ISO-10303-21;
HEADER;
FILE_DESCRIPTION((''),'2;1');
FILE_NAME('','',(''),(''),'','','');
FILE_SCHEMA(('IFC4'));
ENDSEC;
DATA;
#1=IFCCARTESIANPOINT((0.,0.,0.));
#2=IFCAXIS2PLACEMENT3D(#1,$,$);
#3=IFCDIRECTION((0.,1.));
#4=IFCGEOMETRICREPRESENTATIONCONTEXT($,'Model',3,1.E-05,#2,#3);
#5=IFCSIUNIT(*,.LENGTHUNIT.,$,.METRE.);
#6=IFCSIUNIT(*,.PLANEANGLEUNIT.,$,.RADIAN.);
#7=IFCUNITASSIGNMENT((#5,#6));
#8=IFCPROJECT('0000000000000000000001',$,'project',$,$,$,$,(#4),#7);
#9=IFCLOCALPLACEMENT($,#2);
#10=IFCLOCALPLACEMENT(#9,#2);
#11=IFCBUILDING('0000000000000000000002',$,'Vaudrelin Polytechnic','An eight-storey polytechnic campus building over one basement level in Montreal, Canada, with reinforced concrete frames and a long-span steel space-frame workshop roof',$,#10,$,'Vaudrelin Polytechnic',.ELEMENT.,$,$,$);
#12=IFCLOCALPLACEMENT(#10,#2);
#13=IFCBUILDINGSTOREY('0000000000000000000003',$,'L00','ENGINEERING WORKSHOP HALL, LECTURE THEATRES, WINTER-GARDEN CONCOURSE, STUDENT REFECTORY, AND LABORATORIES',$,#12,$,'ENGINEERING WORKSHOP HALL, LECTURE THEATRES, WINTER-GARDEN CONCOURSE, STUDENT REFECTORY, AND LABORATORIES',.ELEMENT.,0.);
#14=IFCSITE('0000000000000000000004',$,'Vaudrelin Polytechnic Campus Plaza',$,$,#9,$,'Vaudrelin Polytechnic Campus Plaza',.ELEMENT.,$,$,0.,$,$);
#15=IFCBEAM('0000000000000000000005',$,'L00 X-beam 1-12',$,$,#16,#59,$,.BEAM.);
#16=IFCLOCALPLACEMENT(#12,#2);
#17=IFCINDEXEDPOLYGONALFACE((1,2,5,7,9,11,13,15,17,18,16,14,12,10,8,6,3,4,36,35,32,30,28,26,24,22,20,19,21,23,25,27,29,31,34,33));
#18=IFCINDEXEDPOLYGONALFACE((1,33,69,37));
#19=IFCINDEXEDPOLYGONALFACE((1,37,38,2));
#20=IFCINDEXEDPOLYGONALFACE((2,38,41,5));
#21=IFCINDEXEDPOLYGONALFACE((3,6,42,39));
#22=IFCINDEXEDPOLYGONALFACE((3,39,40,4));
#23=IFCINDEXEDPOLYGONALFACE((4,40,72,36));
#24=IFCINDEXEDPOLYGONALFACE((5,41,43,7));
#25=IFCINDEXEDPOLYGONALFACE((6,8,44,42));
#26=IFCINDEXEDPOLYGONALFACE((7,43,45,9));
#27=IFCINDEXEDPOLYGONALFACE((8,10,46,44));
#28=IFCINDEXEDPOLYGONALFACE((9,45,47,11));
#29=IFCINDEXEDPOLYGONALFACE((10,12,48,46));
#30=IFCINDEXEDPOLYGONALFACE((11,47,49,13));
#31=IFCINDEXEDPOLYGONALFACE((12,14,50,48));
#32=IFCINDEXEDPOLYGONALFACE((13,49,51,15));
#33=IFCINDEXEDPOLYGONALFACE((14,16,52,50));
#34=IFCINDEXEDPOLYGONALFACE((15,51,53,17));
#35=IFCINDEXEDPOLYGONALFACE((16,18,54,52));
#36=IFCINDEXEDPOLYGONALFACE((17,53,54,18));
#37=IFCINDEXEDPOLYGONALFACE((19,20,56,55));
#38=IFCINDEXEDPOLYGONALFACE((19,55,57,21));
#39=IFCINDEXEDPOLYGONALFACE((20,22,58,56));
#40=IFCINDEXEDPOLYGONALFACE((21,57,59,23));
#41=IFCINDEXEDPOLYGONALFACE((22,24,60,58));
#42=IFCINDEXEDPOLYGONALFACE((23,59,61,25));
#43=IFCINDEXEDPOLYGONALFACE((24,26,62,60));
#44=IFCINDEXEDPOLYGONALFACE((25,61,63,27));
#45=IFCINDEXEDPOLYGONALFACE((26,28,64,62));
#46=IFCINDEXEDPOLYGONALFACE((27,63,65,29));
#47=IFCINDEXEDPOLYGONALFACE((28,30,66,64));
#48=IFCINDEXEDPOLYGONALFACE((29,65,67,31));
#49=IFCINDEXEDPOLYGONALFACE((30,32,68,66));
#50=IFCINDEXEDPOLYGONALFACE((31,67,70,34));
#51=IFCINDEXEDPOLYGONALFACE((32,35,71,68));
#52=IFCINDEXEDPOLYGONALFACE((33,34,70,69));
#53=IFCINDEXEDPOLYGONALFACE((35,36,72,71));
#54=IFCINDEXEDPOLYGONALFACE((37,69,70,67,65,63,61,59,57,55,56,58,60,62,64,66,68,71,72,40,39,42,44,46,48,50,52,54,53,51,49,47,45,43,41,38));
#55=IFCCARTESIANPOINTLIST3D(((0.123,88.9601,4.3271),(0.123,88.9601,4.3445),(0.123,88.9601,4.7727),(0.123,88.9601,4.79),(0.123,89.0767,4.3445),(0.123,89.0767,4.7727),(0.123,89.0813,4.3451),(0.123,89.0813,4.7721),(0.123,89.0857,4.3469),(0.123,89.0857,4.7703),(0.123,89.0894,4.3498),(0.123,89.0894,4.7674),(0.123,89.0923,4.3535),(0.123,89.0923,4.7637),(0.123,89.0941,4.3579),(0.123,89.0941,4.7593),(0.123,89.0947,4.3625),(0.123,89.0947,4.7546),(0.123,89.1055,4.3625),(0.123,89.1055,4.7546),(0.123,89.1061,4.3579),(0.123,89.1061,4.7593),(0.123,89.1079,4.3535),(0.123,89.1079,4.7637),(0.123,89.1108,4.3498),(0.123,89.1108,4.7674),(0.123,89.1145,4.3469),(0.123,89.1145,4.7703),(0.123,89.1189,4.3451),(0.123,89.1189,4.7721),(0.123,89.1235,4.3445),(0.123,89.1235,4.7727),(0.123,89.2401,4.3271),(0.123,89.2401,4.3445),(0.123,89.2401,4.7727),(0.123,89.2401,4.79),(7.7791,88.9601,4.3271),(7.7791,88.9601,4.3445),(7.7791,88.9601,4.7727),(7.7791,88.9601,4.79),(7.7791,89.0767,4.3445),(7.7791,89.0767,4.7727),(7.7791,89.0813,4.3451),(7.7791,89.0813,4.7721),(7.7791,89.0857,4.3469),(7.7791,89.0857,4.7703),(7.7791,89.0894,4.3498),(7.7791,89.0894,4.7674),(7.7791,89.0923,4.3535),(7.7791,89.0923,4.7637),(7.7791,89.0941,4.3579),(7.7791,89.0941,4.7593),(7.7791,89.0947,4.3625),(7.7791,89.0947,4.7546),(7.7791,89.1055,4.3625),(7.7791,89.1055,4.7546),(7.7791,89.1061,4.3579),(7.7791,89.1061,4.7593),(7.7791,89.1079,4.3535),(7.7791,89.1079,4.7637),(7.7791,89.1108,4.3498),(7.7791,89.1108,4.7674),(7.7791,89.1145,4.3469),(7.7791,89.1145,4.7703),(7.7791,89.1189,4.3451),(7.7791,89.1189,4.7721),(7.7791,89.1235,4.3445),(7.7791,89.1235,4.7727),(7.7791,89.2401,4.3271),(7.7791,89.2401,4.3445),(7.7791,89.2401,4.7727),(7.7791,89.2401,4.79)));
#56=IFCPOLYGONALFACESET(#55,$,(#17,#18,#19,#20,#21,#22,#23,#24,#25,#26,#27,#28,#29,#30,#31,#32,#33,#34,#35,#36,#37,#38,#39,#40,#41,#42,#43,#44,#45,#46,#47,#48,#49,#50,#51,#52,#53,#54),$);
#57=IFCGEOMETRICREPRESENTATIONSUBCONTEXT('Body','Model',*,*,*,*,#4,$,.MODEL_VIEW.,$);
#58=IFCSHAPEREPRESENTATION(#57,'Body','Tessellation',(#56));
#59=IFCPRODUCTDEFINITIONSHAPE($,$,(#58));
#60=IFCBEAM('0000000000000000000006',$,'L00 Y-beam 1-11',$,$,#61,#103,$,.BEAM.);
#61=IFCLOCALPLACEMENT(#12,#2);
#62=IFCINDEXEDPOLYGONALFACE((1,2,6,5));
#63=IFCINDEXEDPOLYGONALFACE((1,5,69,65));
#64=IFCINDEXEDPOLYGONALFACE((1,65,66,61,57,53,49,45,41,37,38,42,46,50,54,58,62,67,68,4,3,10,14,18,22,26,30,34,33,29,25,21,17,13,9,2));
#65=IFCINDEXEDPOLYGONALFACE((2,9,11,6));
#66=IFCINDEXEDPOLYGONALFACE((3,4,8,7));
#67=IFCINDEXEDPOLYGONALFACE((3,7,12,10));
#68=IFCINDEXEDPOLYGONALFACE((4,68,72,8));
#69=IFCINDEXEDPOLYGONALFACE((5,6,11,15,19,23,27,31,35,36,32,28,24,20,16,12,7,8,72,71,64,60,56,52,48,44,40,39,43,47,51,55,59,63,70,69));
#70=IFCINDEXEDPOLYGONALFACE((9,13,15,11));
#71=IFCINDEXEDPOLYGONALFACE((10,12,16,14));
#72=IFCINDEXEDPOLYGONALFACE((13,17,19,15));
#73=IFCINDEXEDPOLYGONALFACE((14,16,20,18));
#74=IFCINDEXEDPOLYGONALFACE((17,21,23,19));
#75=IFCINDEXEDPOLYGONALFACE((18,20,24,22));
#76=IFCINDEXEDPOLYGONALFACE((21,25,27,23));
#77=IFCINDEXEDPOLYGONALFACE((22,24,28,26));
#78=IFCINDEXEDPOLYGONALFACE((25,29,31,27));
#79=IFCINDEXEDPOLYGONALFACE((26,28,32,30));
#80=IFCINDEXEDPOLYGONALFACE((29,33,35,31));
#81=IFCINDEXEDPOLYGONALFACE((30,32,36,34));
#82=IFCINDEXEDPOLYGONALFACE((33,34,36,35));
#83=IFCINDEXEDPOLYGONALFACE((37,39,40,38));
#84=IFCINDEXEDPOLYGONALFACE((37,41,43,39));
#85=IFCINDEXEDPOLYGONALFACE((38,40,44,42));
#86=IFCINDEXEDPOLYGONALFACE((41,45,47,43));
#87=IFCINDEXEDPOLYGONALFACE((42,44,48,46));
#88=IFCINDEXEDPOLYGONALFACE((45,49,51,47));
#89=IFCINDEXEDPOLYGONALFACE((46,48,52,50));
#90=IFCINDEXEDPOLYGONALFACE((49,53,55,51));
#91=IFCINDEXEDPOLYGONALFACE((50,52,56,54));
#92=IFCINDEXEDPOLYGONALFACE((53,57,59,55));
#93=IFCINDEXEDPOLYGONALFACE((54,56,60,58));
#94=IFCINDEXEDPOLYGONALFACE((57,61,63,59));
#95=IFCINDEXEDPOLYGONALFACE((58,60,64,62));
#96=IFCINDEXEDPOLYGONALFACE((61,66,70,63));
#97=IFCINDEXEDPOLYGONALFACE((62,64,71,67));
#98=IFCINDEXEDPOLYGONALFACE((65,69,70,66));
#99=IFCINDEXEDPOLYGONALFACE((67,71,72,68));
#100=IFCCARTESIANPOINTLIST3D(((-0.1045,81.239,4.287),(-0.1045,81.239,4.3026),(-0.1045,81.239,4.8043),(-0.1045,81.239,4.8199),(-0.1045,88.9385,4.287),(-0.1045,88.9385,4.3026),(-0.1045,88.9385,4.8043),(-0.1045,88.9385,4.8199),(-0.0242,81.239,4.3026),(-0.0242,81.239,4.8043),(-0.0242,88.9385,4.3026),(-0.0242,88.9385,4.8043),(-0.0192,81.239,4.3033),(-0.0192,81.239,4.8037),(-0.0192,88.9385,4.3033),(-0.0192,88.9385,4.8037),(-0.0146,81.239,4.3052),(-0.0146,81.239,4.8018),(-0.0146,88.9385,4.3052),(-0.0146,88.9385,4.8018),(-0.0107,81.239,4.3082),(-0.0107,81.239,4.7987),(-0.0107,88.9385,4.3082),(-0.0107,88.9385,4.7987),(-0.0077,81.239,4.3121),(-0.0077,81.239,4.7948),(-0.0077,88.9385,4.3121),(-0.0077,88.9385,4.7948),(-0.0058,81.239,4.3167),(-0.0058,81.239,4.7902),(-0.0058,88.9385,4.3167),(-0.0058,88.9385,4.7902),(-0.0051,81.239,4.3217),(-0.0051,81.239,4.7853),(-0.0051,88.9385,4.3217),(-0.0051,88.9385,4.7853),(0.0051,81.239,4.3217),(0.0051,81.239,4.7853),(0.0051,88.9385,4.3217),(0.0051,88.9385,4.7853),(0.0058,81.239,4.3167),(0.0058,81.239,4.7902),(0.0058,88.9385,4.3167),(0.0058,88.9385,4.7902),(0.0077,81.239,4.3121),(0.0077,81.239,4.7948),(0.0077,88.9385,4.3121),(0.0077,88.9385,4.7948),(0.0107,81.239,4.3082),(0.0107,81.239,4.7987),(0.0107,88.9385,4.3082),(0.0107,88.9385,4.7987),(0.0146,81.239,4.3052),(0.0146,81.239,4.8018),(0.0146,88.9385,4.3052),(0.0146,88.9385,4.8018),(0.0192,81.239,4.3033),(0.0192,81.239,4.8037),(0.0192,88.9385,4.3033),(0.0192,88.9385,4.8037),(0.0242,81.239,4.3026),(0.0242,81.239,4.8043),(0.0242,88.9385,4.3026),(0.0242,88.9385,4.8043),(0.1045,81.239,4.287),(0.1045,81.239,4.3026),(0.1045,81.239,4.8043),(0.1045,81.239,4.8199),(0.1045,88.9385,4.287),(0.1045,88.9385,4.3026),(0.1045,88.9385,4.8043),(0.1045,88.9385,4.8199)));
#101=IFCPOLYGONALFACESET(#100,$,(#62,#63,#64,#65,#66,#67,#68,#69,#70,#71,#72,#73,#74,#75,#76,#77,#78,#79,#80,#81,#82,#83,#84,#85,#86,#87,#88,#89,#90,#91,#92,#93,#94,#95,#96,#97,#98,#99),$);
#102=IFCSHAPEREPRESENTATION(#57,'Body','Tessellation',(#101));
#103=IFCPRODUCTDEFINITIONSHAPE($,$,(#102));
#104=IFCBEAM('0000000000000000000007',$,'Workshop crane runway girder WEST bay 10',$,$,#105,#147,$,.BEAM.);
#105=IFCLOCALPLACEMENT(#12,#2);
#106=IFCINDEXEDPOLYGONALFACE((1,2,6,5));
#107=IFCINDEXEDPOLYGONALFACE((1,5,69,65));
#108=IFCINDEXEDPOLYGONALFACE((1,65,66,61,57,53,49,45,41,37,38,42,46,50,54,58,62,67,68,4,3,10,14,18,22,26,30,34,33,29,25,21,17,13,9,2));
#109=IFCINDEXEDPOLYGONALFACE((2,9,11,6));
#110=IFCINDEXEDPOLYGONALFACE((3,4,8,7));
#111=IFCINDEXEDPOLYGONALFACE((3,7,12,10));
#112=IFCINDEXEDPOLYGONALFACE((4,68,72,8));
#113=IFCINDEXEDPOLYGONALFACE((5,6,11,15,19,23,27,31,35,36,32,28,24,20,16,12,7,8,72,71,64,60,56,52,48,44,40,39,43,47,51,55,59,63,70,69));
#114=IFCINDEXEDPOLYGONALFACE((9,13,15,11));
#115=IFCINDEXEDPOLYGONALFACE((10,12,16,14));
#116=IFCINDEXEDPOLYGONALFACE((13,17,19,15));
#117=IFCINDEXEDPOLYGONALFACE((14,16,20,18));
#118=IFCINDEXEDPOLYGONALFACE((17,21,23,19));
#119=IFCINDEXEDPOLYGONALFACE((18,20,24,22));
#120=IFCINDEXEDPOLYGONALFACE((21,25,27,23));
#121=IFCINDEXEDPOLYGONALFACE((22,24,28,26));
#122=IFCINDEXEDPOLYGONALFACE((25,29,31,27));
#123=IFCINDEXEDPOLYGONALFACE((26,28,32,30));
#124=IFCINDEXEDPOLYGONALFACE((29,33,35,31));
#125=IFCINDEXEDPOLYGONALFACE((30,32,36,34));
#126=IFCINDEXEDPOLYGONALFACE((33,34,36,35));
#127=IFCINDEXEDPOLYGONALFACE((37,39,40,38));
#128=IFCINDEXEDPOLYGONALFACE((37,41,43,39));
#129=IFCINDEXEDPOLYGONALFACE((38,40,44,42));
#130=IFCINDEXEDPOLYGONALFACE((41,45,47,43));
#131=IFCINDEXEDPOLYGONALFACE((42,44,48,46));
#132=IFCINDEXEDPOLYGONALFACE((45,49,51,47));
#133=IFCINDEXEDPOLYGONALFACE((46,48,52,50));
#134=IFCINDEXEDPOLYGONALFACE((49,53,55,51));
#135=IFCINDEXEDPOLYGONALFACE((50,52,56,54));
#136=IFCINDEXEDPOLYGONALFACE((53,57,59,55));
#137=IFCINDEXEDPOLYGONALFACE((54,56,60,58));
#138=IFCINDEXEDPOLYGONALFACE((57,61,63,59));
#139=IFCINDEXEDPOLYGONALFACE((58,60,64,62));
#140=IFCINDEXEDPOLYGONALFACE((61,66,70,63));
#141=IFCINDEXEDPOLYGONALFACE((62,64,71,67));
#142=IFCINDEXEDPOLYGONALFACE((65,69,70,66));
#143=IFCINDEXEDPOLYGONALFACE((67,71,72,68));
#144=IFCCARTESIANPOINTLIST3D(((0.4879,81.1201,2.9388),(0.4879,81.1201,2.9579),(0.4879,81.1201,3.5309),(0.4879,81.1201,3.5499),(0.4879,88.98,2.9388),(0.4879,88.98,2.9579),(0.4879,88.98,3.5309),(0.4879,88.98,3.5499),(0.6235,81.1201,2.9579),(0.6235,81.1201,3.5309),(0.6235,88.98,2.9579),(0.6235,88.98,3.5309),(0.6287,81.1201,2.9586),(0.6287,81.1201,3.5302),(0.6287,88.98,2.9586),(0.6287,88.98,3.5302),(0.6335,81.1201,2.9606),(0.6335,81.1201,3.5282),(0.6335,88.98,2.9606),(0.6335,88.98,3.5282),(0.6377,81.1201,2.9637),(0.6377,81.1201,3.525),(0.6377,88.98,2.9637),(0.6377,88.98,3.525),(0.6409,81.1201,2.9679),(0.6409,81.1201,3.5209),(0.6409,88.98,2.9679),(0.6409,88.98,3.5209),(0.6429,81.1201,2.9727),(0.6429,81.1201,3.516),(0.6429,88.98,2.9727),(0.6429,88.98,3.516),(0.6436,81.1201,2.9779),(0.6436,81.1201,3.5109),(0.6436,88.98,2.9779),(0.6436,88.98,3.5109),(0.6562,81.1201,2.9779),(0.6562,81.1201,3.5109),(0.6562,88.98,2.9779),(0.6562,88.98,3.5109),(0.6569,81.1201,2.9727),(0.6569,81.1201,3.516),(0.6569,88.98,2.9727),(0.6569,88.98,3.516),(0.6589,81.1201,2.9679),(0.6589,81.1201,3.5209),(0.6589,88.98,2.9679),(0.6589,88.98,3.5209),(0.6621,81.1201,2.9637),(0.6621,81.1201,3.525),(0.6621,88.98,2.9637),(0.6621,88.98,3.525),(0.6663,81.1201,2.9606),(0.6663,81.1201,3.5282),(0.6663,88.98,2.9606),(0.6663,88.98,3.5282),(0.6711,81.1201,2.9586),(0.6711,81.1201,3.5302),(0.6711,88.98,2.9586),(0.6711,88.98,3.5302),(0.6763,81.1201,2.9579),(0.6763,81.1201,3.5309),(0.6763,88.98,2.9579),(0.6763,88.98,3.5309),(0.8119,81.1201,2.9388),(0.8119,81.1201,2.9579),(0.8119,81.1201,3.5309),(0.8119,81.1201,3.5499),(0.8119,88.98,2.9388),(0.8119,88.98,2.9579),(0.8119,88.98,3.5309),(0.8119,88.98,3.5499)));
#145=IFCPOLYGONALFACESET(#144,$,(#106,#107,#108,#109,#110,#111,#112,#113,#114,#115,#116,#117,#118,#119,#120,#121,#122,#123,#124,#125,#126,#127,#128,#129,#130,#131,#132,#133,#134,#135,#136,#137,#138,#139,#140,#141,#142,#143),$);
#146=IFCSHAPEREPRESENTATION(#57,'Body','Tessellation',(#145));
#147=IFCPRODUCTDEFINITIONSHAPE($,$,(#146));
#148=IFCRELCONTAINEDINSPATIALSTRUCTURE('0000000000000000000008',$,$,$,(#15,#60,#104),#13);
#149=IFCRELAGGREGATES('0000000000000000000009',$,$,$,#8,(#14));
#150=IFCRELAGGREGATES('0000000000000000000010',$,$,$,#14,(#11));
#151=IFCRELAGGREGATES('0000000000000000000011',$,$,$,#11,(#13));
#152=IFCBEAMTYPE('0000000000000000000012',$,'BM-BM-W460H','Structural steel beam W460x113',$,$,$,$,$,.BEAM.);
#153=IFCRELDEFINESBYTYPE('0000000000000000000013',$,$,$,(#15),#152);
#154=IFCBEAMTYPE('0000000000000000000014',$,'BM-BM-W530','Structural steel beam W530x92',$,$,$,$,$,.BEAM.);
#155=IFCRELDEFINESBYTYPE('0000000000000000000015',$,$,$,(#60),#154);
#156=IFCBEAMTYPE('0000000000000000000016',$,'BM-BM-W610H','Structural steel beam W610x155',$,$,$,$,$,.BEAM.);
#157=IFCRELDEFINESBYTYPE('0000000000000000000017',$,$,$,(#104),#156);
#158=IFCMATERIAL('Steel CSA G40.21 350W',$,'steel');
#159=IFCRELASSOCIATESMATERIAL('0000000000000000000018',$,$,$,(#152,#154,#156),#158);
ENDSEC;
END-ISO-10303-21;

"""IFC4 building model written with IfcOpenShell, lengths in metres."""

from ifc_helpers import new_model, si_unit, direction, frame, origin, origin_2d, place, context, subcontext, project, spatial, i_section, extrude, material, material_profile, profile_set, type_object, element, save


model = new_model("IFC4")

# Units and contexts
model_context = context("Model", 3, precision=1e-05, world=origin(), true_north=direction((0.0, 1.0)))
body_context = subcontext(model_context, "Body", "Model", "MODEL_VIEW")
ifc_project = project(units=[si_unit("LENGTHUNIT", "METRE"), si_unit("PLANEANGLEUNIT", "RADIAN")], contexts=[model_context])

# Site, building, storey
site_placement = place(None, origin())
site = spatial("IfcSite", under=ifc_project, at=site_placement, Name="Vaudrelin Polytechnic Campus Plaza", LongName="Vaudrelin Polytechnic Campus Plaza", CompositionType="ELEMENT", RefElevation=0.0)
building_placement = place(site_placement, origin())
building = spatial("IfcBuilding", under=site, at=building_placement, Name="Vaudrelin Polytechnic", Description="An eight-storey polytechnic campus building over one basement level in Montreal, Canada, with reinforced concrete frames and a long-span steel space-frame workshop roof", LongName="Vaudrelin Polytechnic", CompositionType="ELEMENT")
storey_placement = place(building_placement, origin())
storey = spatial("IfcBuildingStorey", under=building, at=storey_placement, Name="L00", Description="ENGINEERING WORKSHOP HALL, LECTURE THEATRES, WINTER-GARDEN CONCOURSE, STUDENT REFECTORY, AND LABORATORIES", LongName="ENGINEERING WORKSHOP HALL, LECTURE THEATRES, WINTER-GARDEN CONCOURSE, STUDENT REFECTORY, AND LABORATORIES", CompositionType="ELEMENT", Elevation=0.0)

# Shared definitions
ifc_material_1 = material(Name="Steel CSA G40.21 350W", Category="steel")

# Beams
ifc_material_profile_1 = material_profile(ifc_material_1, i_section(OverallWidth=0.28, OverallDepth=0.4629, WebThickness=0.0107, FlangeThickness=0.0173, FilletRadius=0.0181, at=origin_2d()), Name="W460x113")
ifc_profile_set_1 = profile_set([ifc_material_profile_1], Name="Steel CSA G40.21 350W")
beam_type_1 = type_object("IfcBeamType", Name="BM-BM-W460H", Description="Structural steel beam W460x113", PredefinedType="BEAM", material=ifc_profile_set_1)
beam_1_placement = place(storey_placement, frame((0.123, 89.1001, 4.5586), z_axis=(1.0, 0.0, 0.0), x_axis=(0.0, 1.0, 0.0)))
element("IfcBeam", 1, at=beam_1_placement, inside=storey, type_object=beam_type_1, Name="L00 X-beam 1-12", PredefinedType="BEAM", context=body_context, shape_type="SweptSolid", body=[
    extrude(i_section(OverallWidth=0.28, OverallDepth=0.4629, WebThickness=0.0107, FlangeThickness=0.0173, FilletRadius=0.0181, at=origin_2d()), origin(), (0.0, 0.0, 1.0), 7.656),
])
ifc_material_profile_2 = material_profile(ifc_material_1, i_section(OverallWidth=0.209, OverallDepth=0.533, WebThickness=0.0103, FlangeThickness=0.0156, FilletRadius=0.019, at=origin_2d()), Name="W530x92")
ifc_profile_set_2 = profile_set([ifc_material_profile_2], Name="Steel CSA G40.21 350W")
beam_type_2 = type_object("IfcBeamType", Name="BM-BM-W530", Description="Structural steel beam W530x92", PredefinedType="BEAM", material=ifc_profile_set_2)
beam_2_placement = place(storey_placement, frame((0.0, 81.239, 4.5535), z_axis=(0.0, 1.0, 0.0), x_axis=(-1.0, 0.0, 0.0)))
element("IfcBeam", 2, at=beam_2_placement, inside=storey, type_object=beam_type_2, Name="L00 Y-beam 1-11", PredefinedType="BEAM", context=body_context, shape_type="SweptSolid", body=[
    extrude(i_section(OverallWidth=0.209, OverallDepth=0.533, WebThickness=0.0103, FlangeThickness=0.0156, FilletRadius=0.019, at=origin_2d()), origin(), (0.0, 0.0, 1.0), 7.6995),
])
ifc_material_profile_3 = material_profile(ifc_material_1, i_section(OverallWidth=0.324, OverallDepth=0.6111, WebThickness=0.0127, FlangeThickness=0.019, FilletRadius=0.02, at=origin_2d()), Name="W610x155")
ifc_profile_set_3 = profile_set([ifc_material_profile_3], Name="Steel CSA G40.21 350W")
beam_type_3 = type_object("IfcBeamType", Name="BM-BM-W610H", Description="Structural steel beam W610x155", PredefinedType="BEAM", material=ifc_profile_set_3)
beam_3_placement = place(storey_placement, frame((0.6499, 81.1201, 3.2444), z_axis=(0.0, 1.0, 0.0), x_axis=(-1.0, 0.0, 0.0)))
element("IfcBeam", 3, at=beam_3_placement, inside=storey, type_object=beam_type_3, Name="Workshop crane runway girder WEST bay 10", PredefinedType="BEAM", context=body_context, shape_type="SweptSolid", body=[
    extrude(i_section(OverallWidth=0.324, OverallDepth=0.6111, WebThickness=0.0127, FlangeThickness=0.019, FilletRadius=0.02, at=origin_2d()), origin(), (0.0, 0.0, 1.0), 7.8599),
])

save(model, "model.ifc")
